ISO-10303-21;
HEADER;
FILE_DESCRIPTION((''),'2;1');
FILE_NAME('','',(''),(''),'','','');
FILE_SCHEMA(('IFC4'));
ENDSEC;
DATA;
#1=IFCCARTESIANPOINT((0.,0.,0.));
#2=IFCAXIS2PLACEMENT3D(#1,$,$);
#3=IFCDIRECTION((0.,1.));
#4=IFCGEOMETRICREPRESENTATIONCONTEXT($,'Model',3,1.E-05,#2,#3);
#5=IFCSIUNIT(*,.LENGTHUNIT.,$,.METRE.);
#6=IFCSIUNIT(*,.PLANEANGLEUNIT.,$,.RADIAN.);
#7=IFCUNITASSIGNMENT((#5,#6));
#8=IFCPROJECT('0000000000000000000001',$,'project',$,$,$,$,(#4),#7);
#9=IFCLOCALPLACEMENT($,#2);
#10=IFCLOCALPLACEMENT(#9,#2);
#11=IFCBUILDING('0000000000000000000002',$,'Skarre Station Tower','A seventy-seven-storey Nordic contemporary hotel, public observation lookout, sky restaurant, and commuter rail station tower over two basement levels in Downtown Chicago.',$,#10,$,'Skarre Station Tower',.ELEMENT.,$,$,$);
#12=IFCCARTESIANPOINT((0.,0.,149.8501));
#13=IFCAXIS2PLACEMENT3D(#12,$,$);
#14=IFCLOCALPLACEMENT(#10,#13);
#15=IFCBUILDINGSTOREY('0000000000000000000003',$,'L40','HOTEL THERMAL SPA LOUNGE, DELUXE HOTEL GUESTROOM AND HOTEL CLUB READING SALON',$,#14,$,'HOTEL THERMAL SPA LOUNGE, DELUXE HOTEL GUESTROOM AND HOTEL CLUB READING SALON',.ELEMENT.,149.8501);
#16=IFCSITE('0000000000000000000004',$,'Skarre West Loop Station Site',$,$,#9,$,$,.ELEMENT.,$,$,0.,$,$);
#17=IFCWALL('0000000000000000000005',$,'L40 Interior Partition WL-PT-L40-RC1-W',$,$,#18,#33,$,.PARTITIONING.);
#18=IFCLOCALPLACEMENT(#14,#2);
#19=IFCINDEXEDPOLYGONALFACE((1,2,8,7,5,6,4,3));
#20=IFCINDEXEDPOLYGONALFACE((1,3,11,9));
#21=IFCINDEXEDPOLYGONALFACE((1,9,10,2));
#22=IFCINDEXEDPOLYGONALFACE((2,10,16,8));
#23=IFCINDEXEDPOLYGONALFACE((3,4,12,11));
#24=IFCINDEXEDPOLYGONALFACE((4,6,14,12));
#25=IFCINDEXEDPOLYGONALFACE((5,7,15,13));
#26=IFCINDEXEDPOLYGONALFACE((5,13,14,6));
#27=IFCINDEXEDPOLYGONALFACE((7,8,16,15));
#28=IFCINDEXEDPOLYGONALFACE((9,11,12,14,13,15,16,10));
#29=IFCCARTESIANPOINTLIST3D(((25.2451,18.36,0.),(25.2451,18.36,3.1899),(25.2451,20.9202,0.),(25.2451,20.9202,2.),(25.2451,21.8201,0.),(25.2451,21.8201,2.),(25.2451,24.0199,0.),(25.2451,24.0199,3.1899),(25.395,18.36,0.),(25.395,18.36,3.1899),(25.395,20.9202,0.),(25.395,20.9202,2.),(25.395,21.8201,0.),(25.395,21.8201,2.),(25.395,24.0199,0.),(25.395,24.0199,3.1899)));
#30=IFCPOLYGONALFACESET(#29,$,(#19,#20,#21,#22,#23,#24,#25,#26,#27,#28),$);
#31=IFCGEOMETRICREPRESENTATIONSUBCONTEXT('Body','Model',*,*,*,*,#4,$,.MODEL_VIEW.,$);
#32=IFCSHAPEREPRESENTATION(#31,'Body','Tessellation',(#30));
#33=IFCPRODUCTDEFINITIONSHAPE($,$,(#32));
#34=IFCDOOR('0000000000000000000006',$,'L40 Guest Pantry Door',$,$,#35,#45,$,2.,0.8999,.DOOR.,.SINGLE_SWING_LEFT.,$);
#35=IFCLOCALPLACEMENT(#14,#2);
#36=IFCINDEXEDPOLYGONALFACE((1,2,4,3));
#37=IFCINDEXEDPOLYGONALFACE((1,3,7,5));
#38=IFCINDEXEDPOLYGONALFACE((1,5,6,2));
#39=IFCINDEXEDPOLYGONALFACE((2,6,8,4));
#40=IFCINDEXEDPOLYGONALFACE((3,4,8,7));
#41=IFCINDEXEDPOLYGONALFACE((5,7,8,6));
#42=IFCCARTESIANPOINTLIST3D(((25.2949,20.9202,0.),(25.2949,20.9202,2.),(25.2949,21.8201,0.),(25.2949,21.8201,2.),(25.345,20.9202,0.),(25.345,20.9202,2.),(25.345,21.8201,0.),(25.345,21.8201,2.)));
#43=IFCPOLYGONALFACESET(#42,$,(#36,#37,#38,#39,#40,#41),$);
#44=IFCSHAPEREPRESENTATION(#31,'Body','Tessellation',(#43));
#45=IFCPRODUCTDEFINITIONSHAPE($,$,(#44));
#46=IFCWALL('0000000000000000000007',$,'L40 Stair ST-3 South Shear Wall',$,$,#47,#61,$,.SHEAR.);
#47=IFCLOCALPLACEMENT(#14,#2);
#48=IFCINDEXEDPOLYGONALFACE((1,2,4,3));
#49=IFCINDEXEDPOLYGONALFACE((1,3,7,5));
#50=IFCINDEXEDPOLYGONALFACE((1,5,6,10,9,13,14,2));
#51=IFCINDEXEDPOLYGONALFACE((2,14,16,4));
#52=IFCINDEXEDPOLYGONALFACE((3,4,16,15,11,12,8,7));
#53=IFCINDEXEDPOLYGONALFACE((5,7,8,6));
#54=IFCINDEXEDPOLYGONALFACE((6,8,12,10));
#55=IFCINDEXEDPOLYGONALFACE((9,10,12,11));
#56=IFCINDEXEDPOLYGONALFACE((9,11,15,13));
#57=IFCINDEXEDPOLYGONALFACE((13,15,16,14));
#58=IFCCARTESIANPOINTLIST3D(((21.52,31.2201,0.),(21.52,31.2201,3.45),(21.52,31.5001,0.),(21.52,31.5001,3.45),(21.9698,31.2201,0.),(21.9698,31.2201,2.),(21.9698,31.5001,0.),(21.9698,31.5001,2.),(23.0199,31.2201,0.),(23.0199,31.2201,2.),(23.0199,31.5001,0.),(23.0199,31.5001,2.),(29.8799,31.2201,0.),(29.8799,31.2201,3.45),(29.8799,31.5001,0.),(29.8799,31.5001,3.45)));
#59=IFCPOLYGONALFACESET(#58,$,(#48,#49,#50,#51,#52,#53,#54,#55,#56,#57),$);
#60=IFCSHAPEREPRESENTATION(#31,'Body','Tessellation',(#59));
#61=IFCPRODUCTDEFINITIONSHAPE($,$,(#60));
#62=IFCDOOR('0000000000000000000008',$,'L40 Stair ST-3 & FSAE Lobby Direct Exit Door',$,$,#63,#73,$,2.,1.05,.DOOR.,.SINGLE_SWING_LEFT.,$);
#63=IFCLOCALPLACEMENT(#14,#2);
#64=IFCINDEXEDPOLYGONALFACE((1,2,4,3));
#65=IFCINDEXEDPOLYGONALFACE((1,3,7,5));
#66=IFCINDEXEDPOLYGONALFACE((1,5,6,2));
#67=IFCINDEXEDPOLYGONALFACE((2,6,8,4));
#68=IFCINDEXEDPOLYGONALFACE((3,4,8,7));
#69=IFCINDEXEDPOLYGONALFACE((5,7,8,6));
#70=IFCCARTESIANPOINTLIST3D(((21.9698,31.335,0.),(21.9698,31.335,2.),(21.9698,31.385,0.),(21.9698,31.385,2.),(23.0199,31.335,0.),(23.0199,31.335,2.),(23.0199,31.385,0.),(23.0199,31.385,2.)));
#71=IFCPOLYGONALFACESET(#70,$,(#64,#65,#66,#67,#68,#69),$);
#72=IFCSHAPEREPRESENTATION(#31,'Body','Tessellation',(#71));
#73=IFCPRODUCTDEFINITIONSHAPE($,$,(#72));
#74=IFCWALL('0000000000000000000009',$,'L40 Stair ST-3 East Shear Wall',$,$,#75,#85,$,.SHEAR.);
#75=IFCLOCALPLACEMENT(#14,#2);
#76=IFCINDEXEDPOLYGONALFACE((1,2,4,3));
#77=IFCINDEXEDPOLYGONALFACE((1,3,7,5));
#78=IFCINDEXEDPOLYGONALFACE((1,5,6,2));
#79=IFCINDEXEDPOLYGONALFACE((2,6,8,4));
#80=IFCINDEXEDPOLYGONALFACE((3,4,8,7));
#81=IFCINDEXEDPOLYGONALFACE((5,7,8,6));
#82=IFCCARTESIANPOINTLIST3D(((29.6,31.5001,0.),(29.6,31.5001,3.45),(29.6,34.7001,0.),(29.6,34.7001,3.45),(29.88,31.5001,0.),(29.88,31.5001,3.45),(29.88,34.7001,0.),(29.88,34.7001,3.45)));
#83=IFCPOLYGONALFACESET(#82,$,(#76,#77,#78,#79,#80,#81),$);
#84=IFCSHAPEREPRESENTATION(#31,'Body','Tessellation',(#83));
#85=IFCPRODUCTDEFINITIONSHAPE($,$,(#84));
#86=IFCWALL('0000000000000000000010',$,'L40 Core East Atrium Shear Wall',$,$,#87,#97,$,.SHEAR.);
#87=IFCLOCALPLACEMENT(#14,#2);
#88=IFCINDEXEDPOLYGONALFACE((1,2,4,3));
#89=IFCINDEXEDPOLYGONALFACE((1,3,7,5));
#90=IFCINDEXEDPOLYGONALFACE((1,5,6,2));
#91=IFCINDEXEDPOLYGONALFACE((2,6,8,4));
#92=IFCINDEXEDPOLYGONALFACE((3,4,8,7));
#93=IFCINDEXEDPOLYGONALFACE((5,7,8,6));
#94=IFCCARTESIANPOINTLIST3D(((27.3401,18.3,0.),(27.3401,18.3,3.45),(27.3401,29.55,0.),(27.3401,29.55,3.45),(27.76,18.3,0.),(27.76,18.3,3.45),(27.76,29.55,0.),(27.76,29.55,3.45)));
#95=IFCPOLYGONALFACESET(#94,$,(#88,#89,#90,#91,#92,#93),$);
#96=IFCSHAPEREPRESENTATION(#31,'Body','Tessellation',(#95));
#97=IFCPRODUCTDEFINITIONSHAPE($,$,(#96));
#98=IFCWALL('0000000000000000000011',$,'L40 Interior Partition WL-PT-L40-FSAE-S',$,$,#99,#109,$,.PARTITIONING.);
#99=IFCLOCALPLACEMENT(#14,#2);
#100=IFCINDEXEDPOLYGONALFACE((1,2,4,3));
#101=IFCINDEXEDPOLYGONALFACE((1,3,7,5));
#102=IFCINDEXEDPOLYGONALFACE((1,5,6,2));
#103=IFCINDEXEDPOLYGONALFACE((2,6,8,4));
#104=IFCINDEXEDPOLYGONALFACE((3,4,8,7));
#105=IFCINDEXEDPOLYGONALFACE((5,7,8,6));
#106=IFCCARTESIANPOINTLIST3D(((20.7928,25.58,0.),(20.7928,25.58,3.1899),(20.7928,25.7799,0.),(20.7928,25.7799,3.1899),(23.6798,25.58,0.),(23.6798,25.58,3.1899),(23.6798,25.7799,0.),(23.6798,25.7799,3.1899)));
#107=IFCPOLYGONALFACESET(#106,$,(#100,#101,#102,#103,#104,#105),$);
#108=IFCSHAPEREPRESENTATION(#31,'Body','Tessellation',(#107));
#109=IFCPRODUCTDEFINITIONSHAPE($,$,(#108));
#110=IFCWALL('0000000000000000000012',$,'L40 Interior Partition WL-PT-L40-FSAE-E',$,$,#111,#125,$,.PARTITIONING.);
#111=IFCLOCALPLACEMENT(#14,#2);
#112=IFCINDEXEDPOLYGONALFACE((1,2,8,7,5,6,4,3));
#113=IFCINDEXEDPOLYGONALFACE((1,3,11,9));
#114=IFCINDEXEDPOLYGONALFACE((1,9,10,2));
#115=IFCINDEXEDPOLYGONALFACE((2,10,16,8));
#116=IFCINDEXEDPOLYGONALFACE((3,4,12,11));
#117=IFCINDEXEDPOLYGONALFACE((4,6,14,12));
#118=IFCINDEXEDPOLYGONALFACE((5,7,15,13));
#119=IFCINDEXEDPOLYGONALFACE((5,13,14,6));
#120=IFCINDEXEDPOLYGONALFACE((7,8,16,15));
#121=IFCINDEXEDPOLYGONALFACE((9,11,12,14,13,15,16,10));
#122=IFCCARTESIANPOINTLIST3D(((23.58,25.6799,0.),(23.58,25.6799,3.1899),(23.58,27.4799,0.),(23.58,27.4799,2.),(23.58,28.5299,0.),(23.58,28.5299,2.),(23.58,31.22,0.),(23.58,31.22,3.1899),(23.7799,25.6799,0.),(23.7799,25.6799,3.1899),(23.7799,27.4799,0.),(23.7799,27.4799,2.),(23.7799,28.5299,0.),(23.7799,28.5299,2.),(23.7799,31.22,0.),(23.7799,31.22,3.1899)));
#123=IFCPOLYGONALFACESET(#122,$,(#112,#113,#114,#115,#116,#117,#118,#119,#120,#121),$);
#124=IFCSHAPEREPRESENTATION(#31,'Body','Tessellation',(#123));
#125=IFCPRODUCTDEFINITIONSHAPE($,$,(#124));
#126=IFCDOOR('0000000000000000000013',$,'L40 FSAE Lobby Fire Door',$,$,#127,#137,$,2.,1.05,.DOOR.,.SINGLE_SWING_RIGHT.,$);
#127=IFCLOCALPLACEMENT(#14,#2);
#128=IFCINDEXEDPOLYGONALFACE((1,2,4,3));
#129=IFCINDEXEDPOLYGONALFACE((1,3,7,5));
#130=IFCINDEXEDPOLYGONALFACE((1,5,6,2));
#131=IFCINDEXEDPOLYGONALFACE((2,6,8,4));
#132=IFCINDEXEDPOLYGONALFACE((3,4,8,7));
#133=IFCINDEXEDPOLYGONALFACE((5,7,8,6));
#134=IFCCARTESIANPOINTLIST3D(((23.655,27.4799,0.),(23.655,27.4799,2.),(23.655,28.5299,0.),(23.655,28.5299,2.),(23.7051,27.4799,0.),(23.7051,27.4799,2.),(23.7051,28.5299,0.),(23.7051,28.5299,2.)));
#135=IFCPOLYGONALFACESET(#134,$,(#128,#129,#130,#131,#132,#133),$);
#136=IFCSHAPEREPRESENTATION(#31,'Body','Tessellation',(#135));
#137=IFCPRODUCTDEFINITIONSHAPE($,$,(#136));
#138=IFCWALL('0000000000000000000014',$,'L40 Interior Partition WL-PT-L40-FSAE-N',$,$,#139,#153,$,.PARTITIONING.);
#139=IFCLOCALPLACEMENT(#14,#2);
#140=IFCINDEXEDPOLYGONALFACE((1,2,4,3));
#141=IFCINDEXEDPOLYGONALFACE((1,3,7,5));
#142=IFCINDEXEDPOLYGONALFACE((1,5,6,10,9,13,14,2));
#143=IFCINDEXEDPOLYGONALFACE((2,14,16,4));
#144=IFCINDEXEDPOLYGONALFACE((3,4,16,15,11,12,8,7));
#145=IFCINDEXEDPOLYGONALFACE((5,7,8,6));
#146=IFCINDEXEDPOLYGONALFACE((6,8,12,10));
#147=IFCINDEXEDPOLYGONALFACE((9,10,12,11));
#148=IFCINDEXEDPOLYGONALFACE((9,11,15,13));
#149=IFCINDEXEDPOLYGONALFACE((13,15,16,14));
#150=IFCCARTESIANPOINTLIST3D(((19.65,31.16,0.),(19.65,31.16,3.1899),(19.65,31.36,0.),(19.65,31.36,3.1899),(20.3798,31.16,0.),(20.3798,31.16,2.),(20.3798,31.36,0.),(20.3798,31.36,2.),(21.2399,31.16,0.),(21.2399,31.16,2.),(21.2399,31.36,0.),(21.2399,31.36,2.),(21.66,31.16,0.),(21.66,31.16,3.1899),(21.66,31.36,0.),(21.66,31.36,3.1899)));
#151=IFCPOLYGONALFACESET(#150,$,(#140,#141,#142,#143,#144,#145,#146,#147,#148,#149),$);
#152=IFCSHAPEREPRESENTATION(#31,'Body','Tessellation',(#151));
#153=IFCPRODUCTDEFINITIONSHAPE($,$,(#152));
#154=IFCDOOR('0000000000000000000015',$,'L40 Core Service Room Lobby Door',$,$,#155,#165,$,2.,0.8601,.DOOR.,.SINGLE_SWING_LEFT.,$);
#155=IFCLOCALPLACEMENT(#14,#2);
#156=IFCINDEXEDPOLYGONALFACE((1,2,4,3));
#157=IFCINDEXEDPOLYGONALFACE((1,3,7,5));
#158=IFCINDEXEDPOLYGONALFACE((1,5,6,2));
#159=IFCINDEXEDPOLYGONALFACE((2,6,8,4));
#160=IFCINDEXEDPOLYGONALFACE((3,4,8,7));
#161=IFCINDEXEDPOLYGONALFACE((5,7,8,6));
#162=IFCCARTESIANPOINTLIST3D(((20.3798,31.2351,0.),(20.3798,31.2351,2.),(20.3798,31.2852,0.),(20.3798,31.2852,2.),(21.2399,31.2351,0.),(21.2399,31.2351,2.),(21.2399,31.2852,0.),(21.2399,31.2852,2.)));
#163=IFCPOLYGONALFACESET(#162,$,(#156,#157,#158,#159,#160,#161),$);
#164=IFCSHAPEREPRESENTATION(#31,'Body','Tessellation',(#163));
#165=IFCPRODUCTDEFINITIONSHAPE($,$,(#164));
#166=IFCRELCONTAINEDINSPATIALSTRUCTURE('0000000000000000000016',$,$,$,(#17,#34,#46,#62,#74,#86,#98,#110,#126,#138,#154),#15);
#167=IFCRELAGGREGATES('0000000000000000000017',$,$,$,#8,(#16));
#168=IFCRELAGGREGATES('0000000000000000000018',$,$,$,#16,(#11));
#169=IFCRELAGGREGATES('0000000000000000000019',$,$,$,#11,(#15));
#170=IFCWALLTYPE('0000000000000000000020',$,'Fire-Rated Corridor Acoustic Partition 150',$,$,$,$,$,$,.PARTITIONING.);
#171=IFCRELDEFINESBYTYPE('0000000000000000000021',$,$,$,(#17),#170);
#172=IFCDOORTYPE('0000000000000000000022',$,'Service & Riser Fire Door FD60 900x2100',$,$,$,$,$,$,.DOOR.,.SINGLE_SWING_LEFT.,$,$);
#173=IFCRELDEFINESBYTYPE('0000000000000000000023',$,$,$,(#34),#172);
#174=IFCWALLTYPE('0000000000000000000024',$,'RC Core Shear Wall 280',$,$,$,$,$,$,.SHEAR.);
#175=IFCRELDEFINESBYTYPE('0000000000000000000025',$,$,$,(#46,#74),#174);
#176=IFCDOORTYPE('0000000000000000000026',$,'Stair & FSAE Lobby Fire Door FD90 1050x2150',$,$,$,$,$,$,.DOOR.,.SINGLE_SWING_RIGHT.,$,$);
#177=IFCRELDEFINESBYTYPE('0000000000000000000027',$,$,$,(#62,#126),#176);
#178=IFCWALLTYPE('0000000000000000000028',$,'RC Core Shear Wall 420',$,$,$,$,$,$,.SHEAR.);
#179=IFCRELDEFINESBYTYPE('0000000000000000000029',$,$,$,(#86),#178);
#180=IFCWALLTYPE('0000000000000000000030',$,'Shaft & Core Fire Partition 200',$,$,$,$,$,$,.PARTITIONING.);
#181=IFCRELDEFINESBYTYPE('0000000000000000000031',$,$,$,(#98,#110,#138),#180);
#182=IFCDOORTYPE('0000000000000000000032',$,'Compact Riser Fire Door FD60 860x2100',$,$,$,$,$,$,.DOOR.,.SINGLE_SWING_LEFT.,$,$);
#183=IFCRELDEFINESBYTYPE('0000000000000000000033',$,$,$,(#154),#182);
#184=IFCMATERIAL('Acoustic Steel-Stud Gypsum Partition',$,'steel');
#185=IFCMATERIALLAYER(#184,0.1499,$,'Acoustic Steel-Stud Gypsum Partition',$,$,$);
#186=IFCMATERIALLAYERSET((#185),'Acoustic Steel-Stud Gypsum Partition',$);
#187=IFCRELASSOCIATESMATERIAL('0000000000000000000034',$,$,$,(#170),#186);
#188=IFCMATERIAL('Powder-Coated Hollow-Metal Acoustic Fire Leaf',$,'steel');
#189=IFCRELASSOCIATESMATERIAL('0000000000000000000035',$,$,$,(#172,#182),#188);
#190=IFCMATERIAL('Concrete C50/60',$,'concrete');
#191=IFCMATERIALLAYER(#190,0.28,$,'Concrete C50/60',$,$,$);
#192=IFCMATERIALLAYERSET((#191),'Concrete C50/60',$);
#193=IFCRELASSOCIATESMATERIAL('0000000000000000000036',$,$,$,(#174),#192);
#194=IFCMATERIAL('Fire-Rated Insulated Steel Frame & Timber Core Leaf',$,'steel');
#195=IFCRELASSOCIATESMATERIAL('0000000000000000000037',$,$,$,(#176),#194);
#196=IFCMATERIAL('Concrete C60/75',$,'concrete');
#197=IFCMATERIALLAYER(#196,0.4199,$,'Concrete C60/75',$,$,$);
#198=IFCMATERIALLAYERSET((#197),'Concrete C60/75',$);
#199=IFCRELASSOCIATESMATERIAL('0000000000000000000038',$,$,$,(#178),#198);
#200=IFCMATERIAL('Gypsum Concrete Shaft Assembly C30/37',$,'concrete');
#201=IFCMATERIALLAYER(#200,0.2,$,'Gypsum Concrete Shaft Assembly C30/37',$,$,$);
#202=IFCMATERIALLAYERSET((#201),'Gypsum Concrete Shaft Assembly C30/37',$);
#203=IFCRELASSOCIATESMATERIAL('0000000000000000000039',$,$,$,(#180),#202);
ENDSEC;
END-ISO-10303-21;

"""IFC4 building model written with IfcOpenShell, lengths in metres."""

from ifc_helpers import new_model, si_unit, direction, frame, frame_2d, origin, place, context, subcontext, project, spatial, rectangle, extrude, material, layer, layer_set, type_object, element, fill, save


model = new_model("IFC4")

# Units and contexts
model_context = context("Model", 3, precision=1e-05, world=origin(), true_north=direction((0.0, 1.0)))
body_context = subcontext(model_context, "Body", "Model", "MODEL_VIEW")
ifc_project = project(units=[si_unit("LENGTHUNIT", "METRE"), si_unit("PLANEANGLEUNIT", "RADIAN")], contexts=[model_context])

# Site, building, storey
site_placement = place(None, origin())
site = spatial("IfcSite", under=ifc_project, at=site_placement, Name="Skarre West Loop Station Site", CompositionType="ELEMENT", RefElevation=0.0)
building_placement = place(site_placement, origin())
building = spatial("IfcBuilding", under=site, at=building_placement, Name="Skarre Station Tower", Description="A seventy-seven-storey Nordic contemporary hotel, public observation lookout, sky restaurant, and commuter rail station tower over two basement levels in Downtown Chicago.", LongName="Skarre Station Tower", CompositionType="ELEMENT")
storey_placement = place(building_placement, frame((0.0, 0.0, 149.8501)))
storey = spatial("IfcBuildingStorey", under=building, at=storey_placement, Name="L40", Description="HOTEL THERMAL SPA LOUNGE, DELUXE HOTEL GUESTROOM AND HOTEL CLUB READING SALON", LongName="HOTEL THERMAL SPA LOUNGE, DELUXE HOTEL GUESTROOM AND HOTEL CLUB READING SALON", CompositionType="ELEMENT", Elevation=149.8501)

# Walls, openings, doors
ifc_material_1 = material(Name="Acoustic Steel-Stud Gypsum Partition", Category="steel")
ifc_layer_1 = layer(ifc_material_1, 0.1499, Name="Acoustic Steel-Stud Gypsum Partition")
ifc_layer_set_1 = layer_set([ifc_layer_1], Name="Acoustic Steel-Stud Gypsum Partition")
wall_type_1 = type_object("IfcWallType", Name="Fire-Rated Corridor Acoustic Partition 150", PredefinedType="PARTITIONING", material=ifc_layer_set_1)
wall_1_placement = place(storey_placement, frame((25.3201, 24.02, 0.0), z_axis=(0.0, 0.0, 1.0), x_axis=(0.0, -1.0, 0.0)))
wall_1 = element("IfcWall", 1, at=wall_1_placement, inside=storey, type_object=wall_type_1, Name="L40 Interior Partition WL-PT-L40-RC1-W", PredefinedType="PARTITIONING", context=body_context, shape_type="SweptSolid", body=[
    extrude(rectangle(XDim=5.6599, YDim=0.1499, at=frame_2d((2.8301, 0.0))), origin(), (0.0, 0.0, 1.0), 3.1899),
])
opening_1_placement = place(wall_1_placement, frame((2.2, 0.0, 0.0)))
opening_1 = element("IfcOpeningElement", 2, at=opening_1_placement, cuts=wall_1, PredefinedType="OPENING", context=body_context, shape_type="SweptSolid", body=[
    extrude(rectangle(XDim=0.8999, YDim=2.0, at=frame_2d((0.45, 1.0))), frame((0.0, 0.085, 0.0), z_axis=(0.0, -1.0, 0.0), x_axis=(1.0, 0.0, 0.0)), (0.0, 0.0, 1.0), 0.1699),
])
ifc_material_2 = material(Name="Powder-Coated Hollow-Metal Acoustic Fire Leaf", Category="steel")
door_type_1 = type_object("IfcDoorType", Name="Service & Riser Fire Door FD60 900x2100", OperationType="SINGLE_SWING_LEFT", PredefinedType="DOOR", material=ifc_material_2)
door_1_placement = place(opening_1_placement, origin())
door_1 = element("IfcDoor", 3, at=door_1_placement, inside=storey, type_object=door_type_1, Name="L40 Guest Pantry Door", OperationType="SINGLE_SWING_LEFT", OverallHeight=2.0, OverallWidth=0.8999, PredefinedType="DOOR", context=body_context, shape_type="SweptSolid", body=[
    extrude(rectangle(XDim=0.8999, YDim=2.0, at=frame_2d((0.45, 1.0))), frame((0.0, 0.0249, 0.0), z_axis=(0.0, -1.0, 0.0), x_axis=(1.0, 0.0, 0.0)), (0.0, 0.0, 1.0), 0.05),
])
fill(opening_1, door_1)
ifc_material_3 = material(Name="Concrete C50/60", Category="concrete")
ifc_layer_2 = layer(ifc_material_3, 0.28, Name="Concrete C50/60")
ifc_layer_set_2 = layer_set([ifc_layer_2], Name="Concrete C50/60")
wall_type_2 = type_object("IfcWallType", Name="RC Core Shear Wall 280", PredefinedType="SHEAR", material=ifc_layer_set_2)
wall_2_placement = place(storey_placement, frame((21.52, 31.3601, 0.0), z_axis=(0.0, 0.0, 1.0), x_axis=(1.0, 0.0, 0.0)))
wall_2 = element("IfcWall", 4, at=wall_2_placement, inside=storey, type_object=wall_type_2, Name="L40 Stair ST-3 South Shear Wall", PredefinedType="SHEAR", context=body_context, shape_type="SweptSolid", body=[
    extrude(rectangle(XDim=8.3599, YDim=0.28, at=frame_2d((4.1799, 0.0))), origin(), (0.0, 0.0, 1.0), 3.45),
])
opening_2_placement = place(wall_2_placement, frame((0.45, 0.0, 0.0)))
opening_2 = element("IfcOpeningElement", 5, at=opening_2_placement, cuts=wall_2, PredefinedType="OPENING", context=body_context, shape_type="SweptSolid", body=[
    extrude(rectangle(XDim=1.05, YDim=2.0, at=frame_2d((0.5249, 1.0))), frame((0.0, 0.1499, 0.0), z_axis=(0.0, -1.0, 0.0), x_axis=(1.0, 0.0, 0.0)), (0.0, 0.0, 1.0), 0.3),
])
ifc_material_4 = material(Name="Fire-Rated Insulated Steel Frame & Timber Core Leaf", Category="steel")
door_type_2 = type_object("IfcDoorType", Name="Stair & FSAE Lobby Fire Door FD90 1050x2150", OperationType="SINGLE_SWING_RIGHT", PredefinedType="DOOR", material=ifc_material_4)
door_2_placement = place(opening_2_placement, origin())
door_2 = element("IfcDoor", 6, at=door_2_placement, inside=storey, type_object=door_type_2, Name="L40 Stair ST-3 & FSAE Lobby Direct Exit Door", OperationType="SINGLE_SWING_LEFT", OverallHeight=2.0, OverallWidth=1.05, PredefinedType="DOOR", context=body_context, shape_type="SweptSolid", body=[
    extrude(rectangle(XDim=1.05, YDim=2.0, at=frame_2d((0.5249, 1.0))), frame((0.0, 0.0249, 0.0), z_axis=(0.0, -1.0, 0.0), x_axis=(1.0, 0.0, 0.0)), (0.0, 0.0, 1.0), 0.05),
])
fill(opening_2, door_2)

# Walls
wall_3_placement = place(storey_placement, frame((29.74, 31.5, 0.0), z_axis=(0.0, 0.0, 1.0), x_axis=(0.0, 1.0, 0.0)))
element("IfcWall", 7, at=wall_3_placement, inside=storey, type_object=wall_type_2, Name="L40 Stair ST-3 East Shear Wall", PredefinedType="SHEAR", context=body_context, shape_type="SweptSolid", body=[
    extrude(rectangle(XDim=3.2, YDim=0.28, at=frame_2d((1.6001, 0.0))), origin(), (0.0, 0.0, 1.0), 3.45),
])
ifc_material_5 = material(Name="Concrete C60/75", Category="concrete")
ifc_layer_3 = layer(ifc_material_5, 0.4199, Name="Concrete C60/75")
ifc_layer_set_3 = layer_set([ifc_layer_3], Name="Concrete C60/75")
wall_type_3 = type_object("IfcWallType", Name="RC Core Shear Wall 420", PredefinedType="SHEAR", material=ifc_layer_set_3)
wall_4_placement = place(storey_placement, frame((27.55, 29.55, 0.0), z_axis=(0.0, 0.0, 1.0), x_axis=(0.0, -1.0, 0.0)))
element("IfcWall", 8, at=wall_4_placement, inside=storey, type_object=wall_type_3, Name="L40 Core East Atrium Shear Wall", PredefinedType="SHEAR", context=body_context, shape_type="SweptSolid", body=[
    extrude(rectangle(XDim=11.25, YDim=0.4199, at=frame_2d((5.625, 0.0))), origin(), (0.0, 0.0, 1.0), 3.45),
])
ifc_material_6 = material(Name="Gypsum Concrete Shaft Assembly C30/37", Category="concrete")
ifc_layer_4 = layer(ifc_material_6, 0.2, Name="Gypsum Concrete Shaft Assembly C30/37")
ifc_layer_set_4 = layer_set([ifc_layer_4], Name="Gypsum Concrete Shaft Assembly C30/37")
wall_type_4 = type_object("IfcWallType", Name="Shaft & Core Fire Partition 200", PredefinedType="PARTITIONING", material=ifc_layer_set_4)
wall_5_placement = place(storey_placement, frame((20.793, 25.6799, 0.0), z_axis=(0.0, 0.0, 1.0), x_axis=(1.0, 0.0, 0.0)))
element("IfcWall", 9, at=wall_5_placement, inside=storey, type_object=wall_type_4, Name="L40 Interior Partition WL-PT-L40-FSAE-S", PredefinedType="PARTITIONING", context=body_context, shape_type="SweptSolid", body=[
    extrude(rectangle(XDim=2.887, YDim=0.2, at=frame_2d((1.4434, 0.0))), origin(), (0.0, 0.0, 1.0), 3.1899),
])

# Walls, openings, doors
wall_6_placement = place(storey_placement, frame((23.6799, 25.6799, 0.0), z_axis=(0.0, 0.0, 1.0), x_axis=(0.0, 1.0, 0.0)))
wall_6 = element("IfcWall", 10, at=wall_6_placement, inside=storey, type_object=wall_type_4, Name="L40 Interior Partition WL-PT-L40-FSAE-E", PredefinedType="PARTITIONING", context=body_context, shape_type="SweptSolid", body=[
    extrude(rectangle(XDim=5.54, YDim=0.2, at=frame_2d((2.77, 0.0))), origin(), (0.0, 0.0, 1.0), 3.1899),
])
opening_3_placement = place(wall_6_placement, frame((1.8, 0.0, 0.0)))
opening_3 = element("IfcOpeningElement", 11, at=opening_3_placement, cuts=wall_6, PredefinedType="OPENING", context=body_context, shape_type="SweptSolid", body=[
    extrude(rectangle(XDim=1.05, YDim=2.0, at=frame_2d((0.5249, 1.0))), frame((0.0, 0.1099, 0.0), z_axis=(0.0, -1.0, 0.0), x_axis=(1.0, 0.0, 0.0)), (0.0, 0.0, 1.0), 0.22),
])
door_3_placement = place(opening_3_placement, origin())
door_3 = element("IfcDoor", 12, at=door_3_placement, inside=storey, type_object=door_type_2, Name="L40 FSAE Lobby Fire Door", OperationType="SINGLE_SWING_RIGHT", OverallHeight=2.0, OverallWidth=1.05, PredefinedType="DOOR", context=body_context, shape_type="SweptSolid", body=[
    extrude(rectangle(XDim=1.05, YDim=2.0, at=frame_2d((0.5249, 1.0))), frame((0.0, 0.0249, 0.0), z_axis=(0.0, -1.0, 0.0), x_axis=(1.0, 0.0, 0.0)), (0.0, 0.0, 1.0), 0.05),
])
fill(opening_3, door_3)
wall_7_placement = place(storey_placement, frame((21.6599, 31.26, 0.0), z_axis=(0.0, 0.0, 1.0), x_axis=(-1.0, 0.0, 0.0)))
wall_7 = element("IfcWall", 13, at=wall_7_placement, inside=storey, type_object=wall_type_4, Name="L40 Interior Partition WL-PT-L40-FSAE-N", PredefinedType="PARTITIONING", context=body_context, shape_type="SweptSolid", body=[
    extrude(rectangle(XDim=2.01, YDim=0.2, at=frame_2d((1.0049, 0.0))), origin(), (0.0, 0.0, 1.0), 3.1899),
])
opening_4_placement = place(wall_7_placement, frame((0.4199, 0.0, 0.0)))
opening_4 = element("IfcOpeningElement", 14, at=opening_4_placement, cuts=wall_7, PredefinedType="OPENING", context=body_context, shape_type="SweptSolid", body=[
    extrude(rectangle(XDim=0.8601, YDim=2.0, at=frame_2d((0.4302, 1.0))), frame((0.0, 0.1099, 0.0), z_axis=(0.0, -1.0, 0.0), x_axis=(1.0, 0.0, 0.0)), (0.0, 0.0, 1.0), 0.22),
])
door_type_3 = type_object("IfcDoorType", Name="Compact Riser Fire Door FD60 860x2100", OperationType="SINGLE_SWING_LEFT", PredefinedType="DOOR", material=ifc_material_2)
door_4_placement = place(opening_4_placement, origin())
door_4 = element("IfcDoor", 15, at=door_4_placement, inside=storey, type_object=door_type_3, Name="L40 Core Service Room Lobby Door", OperationType="SINGLE_SWING_LEFT", OverallHeight=2.0, OverallWidth=0.8601, PredefinedType="DOOR", context=body_context, shape_type="SweptSolid", body=[
    extrude(rectangle(XDim=0.8601, YDim=2.0, at=frame_2d((0.4302, 1.0))), frame((0.0, 0.0249, 0.0), z_axis=(0.0, -1.0, 0.0), x_axis=(1.0, 0.0, 0.0)), (0.0, 0.0, 1.0), 0.05),
])
fill(opening_4, door_4)

save(model, "model.ifc")
